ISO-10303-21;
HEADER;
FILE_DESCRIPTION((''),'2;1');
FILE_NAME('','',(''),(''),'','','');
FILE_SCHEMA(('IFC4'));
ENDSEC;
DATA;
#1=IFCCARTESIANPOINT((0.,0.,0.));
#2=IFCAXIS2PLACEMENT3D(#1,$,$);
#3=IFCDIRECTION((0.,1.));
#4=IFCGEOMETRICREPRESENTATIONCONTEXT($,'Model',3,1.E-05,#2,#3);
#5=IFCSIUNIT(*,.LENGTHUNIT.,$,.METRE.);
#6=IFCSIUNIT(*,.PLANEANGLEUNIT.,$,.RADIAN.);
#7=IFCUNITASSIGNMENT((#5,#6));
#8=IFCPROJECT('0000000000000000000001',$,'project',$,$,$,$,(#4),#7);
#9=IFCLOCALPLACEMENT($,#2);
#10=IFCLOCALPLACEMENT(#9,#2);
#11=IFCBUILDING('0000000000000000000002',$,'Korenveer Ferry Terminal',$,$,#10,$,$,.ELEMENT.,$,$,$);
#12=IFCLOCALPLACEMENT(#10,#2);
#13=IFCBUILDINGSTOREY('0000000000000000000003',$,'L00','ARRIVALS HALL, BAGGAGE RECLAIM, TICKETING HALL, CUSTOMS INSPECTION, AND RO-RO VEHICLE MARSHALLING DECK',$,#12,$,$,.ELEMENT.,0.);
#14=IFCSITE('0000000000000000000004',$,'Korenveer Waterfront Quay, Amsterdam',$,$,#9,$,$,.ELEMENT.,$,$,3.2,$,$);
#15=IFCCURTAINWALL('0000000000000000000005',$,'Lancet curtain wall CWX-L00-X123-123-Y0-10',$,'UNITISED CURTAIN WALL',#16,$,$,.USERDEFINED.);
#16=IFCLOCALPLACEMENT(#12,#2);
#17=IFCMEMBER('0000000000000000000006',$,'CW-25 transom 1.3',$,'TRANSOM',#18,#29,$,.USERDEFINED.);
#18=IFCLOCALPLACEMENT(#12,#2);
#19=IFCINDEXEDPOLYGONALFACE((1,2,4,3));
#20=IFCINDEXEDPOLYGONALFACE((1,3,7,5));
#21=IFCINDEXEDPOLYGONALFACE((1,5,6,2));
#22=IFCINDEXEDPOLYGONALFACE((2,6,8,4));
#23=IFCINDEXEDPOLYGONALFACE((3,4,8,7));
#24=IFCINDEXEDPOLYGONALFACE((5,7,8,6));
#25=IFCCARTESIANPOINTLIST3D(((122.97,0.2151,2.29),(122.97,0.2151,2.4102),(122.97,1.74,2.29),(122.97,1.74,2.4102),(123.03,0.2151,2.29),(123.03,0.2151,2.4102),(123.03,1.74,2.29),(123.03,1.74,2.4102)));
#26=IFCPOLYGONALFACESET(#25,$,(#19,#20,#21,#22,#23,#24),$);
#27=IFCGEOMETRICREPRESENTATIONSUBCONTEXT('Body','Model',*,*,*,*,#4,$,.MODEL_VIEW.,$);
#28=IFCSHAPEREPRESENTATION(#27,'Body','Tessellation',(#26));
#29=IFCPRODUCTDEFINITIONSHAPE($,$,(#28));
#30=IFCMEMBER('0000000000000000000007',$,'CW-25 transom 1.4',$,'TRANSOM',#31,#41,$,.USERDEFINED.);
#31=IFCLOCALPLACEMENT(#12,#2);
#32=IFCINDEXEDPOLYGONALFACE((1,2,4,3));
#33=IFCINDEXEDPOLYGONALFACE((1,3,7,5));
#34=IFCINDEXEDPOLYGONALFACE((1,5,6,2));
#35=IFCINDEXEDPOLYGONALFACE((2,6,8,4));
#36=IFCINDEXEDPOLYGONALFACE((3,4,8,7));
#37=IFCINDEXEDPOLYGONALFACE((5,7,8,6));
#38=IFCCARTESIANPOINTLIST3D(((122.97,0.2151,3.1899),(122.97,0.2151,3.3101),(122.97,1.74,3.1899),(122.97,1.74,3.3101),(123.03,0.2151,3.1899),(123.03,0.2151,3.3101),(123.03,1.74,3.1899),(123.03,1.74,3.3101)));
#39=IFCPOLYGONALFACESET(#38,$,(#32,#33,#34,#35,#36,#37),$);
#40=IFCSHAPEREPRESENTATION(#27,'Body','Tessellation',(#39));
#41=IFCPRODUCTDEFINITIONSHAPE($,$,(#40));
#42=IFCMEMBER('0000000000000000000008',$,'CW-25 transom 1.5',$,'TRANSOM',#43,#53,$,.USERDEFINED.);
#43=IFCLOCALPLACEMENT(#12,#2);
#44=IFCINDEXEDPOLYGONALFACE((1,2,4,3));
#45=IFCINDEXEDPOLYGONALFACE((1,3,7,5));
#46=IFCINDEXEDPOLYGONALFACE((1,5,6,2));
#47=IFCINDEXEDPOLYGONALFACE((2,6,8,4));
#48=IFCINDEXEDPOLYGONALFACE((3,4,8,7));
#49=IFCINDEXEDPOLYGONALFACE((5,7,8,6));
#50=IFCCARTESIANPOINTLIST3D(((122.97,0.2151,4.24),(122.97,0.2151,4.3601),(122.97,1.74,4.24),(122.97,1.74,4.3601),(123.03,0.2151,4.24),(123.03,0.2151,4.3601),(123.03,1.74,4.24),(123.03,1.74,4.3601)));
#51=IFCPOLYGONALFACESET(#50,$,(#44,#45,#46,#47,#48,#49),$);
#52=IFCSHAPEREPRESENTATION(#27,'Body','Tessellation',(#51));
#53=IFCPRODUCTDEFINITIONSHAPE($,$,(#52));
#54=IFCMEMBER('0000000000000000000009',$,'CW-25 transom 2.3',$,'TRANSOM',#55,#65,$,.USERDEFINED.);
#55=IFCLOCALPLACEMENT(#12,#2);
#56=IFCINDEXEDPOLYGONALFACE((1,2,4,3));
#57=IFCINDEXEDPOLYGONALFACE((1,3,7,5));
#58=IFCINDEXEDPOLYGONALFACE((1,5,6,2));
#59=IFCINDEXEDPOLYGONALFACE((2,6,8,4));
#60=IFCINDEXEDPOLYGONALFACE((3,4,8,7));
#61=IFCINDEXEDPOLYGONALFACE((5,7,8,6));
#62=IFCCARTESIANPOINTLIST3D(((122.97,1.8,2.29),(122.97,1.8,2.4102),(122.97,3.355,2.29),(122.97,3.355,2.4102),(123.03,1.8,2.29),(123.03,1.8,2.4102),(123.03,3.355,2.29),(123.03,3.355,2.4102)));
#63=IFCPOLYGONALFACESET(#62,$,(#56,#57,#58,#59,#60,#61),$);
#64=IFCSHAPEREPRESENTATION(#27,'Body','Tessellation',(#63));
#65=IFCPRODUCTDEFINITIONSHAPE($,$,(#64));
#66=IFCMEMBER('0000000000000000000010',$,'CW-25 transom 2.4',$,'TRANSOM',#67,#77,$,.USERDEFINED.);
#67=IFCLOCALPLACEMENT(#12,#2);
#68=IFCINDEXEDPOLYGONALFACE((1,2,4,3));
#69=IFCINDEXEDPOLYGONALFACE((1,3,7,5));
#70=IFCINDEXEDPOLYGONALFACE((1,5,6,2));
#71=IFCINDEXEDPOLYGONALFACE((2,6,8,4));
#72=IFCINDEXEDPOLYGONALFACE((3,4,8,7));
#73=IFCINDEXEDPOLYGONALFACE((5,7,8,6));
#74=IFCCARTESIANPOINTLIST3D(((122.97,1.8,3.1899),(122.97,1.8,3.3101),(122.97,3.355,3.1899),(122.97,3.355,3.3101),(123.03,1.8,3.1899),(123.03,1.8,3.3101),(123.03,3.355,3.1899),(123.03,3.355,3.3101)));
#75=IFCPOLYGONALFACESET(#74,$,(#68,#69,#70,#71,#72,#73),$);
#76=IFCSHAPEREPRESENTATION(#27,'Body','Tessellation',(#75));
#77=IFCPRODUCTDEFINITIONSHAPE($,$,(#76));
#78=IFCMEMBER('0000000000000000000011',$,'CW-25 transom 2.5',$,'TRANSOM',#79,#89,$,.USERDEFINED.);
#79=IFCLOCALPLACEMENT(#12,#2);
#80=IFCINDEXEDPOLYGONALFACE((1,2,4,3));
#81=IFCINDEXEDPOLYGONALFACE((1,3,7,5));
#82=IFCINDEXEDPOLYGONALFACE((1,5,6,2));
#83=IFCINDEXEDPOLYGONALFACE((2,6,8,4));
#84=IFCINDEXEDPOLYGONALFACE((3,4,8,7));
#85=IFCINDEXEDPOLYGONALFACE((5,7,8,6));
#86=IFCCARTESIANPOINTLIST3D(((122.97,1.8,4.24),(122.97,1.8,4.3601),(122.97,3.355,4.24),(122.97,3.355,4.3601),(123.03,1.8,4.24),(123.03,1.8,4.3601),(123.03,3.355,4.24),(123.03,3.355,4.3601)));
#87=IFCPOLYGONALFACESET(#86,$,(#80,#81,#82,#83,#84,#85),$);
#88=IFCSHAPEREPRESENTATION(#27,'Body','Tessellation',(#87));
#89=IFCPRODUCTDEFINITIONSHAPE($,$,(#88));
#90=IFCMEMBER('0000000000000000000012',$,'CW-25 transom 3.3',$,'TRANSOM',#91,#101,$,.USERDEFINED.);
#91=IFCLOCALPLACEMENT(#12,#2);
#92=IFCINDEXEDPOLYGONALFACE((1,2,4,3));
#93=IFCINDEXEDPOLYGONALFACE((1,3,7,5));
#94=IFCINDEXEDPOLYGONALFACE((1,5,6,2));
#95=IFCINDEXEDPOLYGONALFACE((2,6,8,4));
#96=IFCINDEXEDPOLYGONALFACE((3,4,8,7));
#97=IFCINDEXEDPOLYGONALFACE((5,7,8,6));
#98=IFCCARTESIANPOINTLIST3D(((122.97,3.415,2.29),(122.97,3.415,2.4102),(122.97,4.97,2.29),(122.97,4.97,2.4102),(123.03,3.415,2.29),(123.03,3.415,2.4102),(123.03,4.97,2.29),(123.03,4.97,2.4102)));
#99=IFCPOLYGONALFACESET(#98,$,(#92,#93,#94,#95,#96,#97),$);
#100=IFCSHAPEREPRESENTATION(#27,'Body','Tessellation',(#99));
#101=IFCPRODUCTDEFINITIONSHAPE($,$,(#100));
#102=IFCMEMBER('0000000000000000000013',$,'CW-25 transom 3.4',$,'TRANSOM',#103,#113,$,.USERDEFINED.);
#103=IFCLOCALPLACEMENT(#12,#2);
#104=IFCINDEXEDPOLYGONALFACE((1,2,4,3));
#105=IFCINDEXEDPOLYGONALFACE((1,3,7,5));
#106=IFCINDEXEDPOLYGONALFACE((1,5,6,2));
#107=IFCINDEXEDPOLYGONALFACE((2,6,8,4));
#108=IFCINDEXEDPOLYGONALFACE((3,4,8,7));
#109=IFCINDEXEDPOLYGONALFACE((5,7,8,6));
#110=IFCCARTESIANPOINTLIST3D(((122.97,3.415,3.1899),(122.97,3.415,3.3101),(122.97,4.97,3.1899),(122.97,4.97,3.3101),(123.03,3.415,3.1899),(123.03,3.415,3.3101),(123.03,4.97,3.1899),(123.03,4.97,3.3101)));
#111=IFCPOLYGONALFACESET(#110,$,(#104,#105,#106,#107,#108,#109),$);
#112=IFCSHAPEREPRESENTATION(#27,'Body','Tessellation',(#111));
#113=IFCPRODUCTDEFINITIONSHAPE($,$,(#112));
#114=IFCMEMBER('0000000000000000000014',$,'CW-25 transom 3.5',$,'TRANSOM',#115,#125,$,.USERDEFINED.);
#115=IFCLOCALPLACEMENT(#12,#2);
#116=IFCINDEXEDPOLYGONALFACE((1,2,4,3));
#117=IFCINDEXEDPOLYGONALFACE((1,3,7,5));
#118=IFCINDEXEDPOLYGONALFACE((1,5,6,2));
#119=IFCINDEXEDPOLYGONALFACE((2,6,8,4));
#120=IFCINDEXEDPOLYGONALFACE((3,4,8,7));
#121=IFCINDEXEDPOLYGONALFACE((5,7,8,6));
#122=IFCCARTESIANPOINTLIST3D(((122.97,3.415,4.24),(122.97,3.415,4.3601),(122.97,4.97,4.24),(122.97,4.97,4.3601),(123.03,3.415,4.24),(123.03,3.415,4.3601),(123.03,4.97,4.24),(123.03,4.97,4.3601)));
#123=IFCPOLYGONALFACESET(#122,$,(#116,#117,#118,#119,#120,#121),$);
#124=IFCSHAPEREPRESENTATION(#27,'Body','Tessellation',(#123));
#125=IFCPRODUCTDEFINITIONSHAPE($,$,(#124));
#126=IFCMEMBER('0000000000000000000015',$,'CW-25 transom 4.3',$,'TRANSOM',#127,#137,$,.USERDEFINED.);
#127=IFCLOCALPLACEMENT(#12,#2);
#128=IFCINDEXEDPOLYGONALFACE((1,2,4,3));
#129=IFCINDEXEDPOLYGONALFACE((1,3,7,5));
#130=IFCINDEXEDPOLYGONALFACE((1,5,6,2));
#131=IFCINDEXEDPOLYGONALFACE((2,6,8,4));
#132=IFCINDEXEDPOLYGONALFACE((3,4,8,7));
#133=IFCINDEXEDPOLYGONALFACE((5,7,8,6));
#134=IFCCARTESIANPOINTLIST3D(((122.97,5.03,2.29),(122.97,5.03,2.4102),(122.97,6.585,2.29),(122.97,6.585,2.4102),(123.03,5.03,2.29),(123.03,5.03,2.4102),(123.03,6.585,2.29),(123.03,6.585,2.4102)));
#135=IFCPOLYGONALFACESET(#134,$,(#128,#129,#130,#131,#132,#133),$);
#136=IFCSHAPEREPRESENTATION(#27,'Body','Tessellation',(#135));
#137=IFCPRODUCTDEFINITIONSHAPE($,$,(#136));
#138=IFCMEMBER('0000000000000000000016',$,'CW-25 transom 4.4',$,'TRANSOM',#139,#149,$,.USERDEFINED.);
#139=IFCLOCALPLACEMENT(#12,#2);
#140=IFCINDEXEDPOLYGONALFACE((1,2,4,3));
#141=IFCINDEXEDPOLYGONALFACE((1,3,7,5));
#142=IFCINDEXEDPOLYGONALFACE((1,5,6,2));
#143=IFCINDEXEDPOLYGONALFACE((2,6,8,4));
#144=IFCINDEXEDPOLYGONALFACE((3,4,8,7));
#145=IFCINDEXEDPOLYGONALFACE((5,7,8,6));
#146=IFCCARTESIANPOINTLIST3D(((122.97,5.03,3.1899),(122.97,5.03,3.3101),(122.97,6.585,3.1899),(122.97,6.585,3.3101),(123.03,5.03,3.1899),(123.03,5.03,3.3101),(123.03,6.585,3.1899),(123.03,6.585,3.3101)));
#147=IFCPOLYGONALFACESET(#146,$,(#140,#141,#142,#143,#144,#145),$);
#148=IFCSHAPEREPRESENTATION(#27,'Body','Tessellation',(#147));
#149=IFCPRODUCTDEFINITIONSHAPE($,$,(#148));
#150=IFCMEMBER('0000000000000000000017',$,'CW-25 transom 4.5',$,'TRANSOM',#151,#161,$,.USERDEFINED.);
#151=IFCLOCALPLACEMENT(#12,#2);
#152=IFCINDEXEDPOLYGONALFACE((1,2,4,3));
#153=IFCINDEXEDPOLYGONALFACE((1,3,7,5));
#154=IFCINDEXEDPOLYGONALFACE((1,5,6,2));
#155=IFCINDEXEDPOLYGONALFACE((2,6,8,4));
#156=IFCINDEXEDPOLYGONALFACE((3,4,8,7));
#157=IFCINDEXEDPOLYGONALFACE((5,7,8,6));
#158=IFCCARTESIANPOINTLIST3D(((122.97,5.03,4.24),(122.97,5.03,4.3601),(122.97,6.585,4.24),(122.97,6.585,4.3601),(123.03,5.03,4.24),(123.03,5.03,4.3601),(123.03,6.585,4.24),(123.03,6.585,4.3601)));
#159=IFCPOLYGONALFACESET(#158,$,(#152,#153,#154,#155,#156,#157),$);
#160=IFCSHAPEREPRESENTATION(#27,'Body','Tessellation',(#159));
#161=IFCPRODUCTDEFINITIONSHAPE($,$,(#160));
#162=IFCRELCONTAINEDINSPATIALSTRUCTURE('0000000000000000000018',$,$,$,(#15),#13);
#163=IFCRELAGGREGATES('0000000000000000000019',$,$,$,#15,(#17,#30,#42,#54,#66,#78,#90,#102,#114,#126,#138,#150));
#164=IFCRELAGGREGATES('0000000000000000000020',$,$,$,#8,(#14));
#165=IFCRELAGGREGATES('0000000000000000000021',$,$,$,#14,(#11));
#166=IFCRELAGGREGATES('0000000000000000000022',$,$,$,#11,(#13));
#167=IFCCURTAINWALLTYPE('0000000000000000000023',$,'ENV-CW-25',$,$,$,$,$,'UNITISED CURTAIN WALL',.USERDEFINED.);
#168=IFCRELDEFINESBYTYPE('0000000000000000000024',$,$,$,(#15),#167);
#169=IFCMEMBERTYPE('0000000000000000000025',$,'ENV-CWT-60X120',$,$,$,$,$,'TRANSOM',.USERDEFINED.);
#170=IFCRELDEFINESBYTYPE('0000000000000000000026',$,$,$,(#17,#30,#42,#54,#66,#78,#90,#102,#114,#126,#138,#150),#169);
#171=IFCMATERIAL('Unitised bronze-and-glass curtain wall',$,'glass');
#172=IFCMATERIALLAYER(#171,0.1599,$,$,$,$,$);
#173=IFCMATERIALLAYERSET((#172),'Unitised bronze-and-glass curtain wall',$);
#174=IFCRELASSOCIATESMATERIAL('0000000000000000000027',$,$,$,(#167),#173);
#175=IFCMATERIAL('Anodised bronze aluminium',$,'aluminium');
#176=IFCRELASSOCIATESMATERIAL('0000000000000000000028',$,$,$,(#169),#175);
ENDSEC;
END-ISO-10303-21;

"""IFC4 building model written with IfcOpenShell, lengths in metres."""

from ifc_helpers import new_model, si_unit, direction, frame, origin, origin_2d, place, context, subcontext, project, spatial, rectangle, extrude, material, layer, layer_set, material_profile, profile_set, type_object, element, aggregate, save


model = new_model("IFC4")

# Units and contexts
model_context = context("Model", 3, precision=1e-05, world=origin(), true_north=direction((0.0, 1.0)))
body_context = subcontext(model_context, "Body", "Model", "MODEL_VIEW")
ifc_project = project(units=[si_unit("LENGTHUNIT", "METRE"), si_unit("PLANEANGLEUNIT", "RADIAN")], contexts=[model_context])

# Site, building, storey
site_placement = place(None, origin())
site = spatial("IfcSite", under=ifc_project, at=site_placement, Name="Korenveer Waterfront Quay, Amsterdam", CompositionType="ELEMENT", RefElevation=3.2)
building_placement = place(site_placement, origin())
building = spatial("IfcBuilding", under=site, at=building_placement, Name="Korenveer Ferry Terminal", CompositionType="ELEMENT")
storey_placement = place(building_placement, origin())
storey = spatial("IfcBuildingStorey", under=building, at=storey_placement, Name="L00", Description="ARRIVALS HALL, BAGGAGE RECLAIM, TICKETING HALL, CUSTOMS INSPECTION, AND RO-RO VEHICLE MARSHALLING DECK", CompositionType="ELEMENT", Elevation=0.0)

# Curtain wall, members
ifc_material_1 = material(Name="Unitised bronze-and-glass curtain wall", Category="glass")
ifc_layer_1 = layer(ifc_material_1, 0.1599)
ifc_layer_set_1 = layer_set([ifc_layer_1], Name="Unitised bronze-and-glass curtain wall")
curtain_wall_type = type_object("IfcCurtainWallType", Name="ENV-CW-25", ElementType="UNITISED CURTAIN WALL", PredefinedType="USERDEFINED", material=ifc_layer_set_1)
curtain_wall_placement = place(storey_placement, frame((123.0, 0.155, 0.0)))
curtain_wall = element("IfcCurtainWall", 1, at=curtain_wall_placement, inside=storey, type_object=curtain_wall_type, Name="Lancet curtain wall CWX-L00-X123-123-Y0-10", ObjectType="UNITISED CURTAIN WALL", PredefinedType="USERDEFINED")
ifc_material_2 = material(Name="Anodised bronze aluminium", Category="aluminium")
ifc_material_profile_1 = material_profile(ifc_material_2, rectangle(XDim=0.0601, YDim=0.1201, at=origin_2d()), Name="ALU 60x120")
ifc_profile_set_1 = profile_set([ifc_material_profile_1], Name="Anodised bronze aluminium")
member_type = type_object("IfcMemberType", Name="ENV-CWT-60X120", ElementType="TRANSOM", PredefinedType="USERDEFINED", material=ifc_profile_set_1)
member_1_placement = place(storey_placement, frame((123.0, 0.2151, 2.3501), z_axis=(0.0, 1.0, 0.0), x_axis=(-1.0, 0.0, 0.0)))
member_1 = element("IfcMember", 2, at=member_1_placement, type_object=member_type, Name="CW-25 transom 1.3", ObjectType="TRANSOM", PredefinedType="USERDEFINED", context=body_context, shape_type="SweptSolid", body=[
    extrude(rectangle(XDim=0.0601, YDim=0.1201, at=origin_2d()), origin(), (0.0, 0.0, 1.0), 1.5249),
])
member_2_placement = place(storey_placement, frame((123.0, 0.2151, 3.25), z_axis=(0.0, 1.0, 0.0), x_axis=(-1.0, 0.0, 0.0)))
member_2 = element("IfcMember", 3, at=member_2_placement, type_object=member_type, Name="CW-25 transom 1.4", ObjectType="TRANSOM", PredefinedType="USERDEFINED", context=body_context, shape_type="SweptSolid", body=[
    extrude(rectangle(XDim=0.0601, YDim=0.1201, at=origin_2d()), origin(), (0.0, 0.0, 1.0), 1.5249),
])
member_3_placement = place(storey_placement, frame((123.0, 0.2151, 4.3), z_axis=(0.0, 1.0, 0.0), x_axis=(-1.0, 0.0, 0.0)))
member_3 = element("IfcMember", 4, at=member_3_placement, type_object=member_type, Name="CW-25 transom 1.5", ObjectType="TRANSOM", PredefinedType="USERDEFINED", context=body_context, shape_type="SweptSolid", body=[
    extrude(rectangle(XDim=0.0601, YDim=0.1201, at=origin_2d()), origin(), (0.0, 0.0, 1.0), 1.5249),
])
member_4_placement = place(storey_placement, frame((123.0, 1.8, 2.3501), z_axis=(0.0, 1.0, 0.0), x_axis=(-1.0, 0.0, 0.0)))
member_4 = element("IfcMember", 5, at=member_4_placement, type_object=member_type, Name="CW-25 transom 2.3", ObjectType="TRANSOM", PredefinedType="USERDEFINED", context=body_context, shape_type="SweptSolid", body=[
    extrude(rectangle(XDim=0.0601, YDim=0.1201, at=origin_2d()), origin(), (0.0, 0.0, 1.0), 1.5549),
])
member_5_placement = place(storey_placement, frame((123.0, 1.8, 3.25), z_axis=(0.0, 1.0, 0.0), x_axis=(-1.0, 0.0, 0.0)))
member_5 = element("IfcMember", 6, at=member_5_placement, type_object=member_type, Name="CW-25 transom 2.4", ObjectType="TRANSOM", PredefinedType="USERDEFINED", context=body_context, shape_type="SweptSolid", body=[
    extrude(rectangle(XDim=0.0601, YDim=0.1201, at=origin_2d()), origin(), (0.0, 0.0, 1.0), 1.5549),
])
member_6_placement = place(storey_placement, frame((123.0, 1.8, 4.3), z_axis=(0.0, 1.0, 0.0), x_axis=(-1.0, 0.0, 0.0)))
member_6 = element("IfcMember", 7, at=member_6_placement, type_object=member_type, Name="CW-25 transom 2.5", ObjectType="TRANSOM", PredefinedType="USERDEFINED", context=body_context, shape_type="SweptSolid", body=[
    extrude(rectangle(XDim=0.0601, YDim=0.1201, at=origin_2d()), origin(), (0.0, 0.0, 1.0), 1.5549),
])
member_7_placement = place(storey_placement, frame((123.0, 3.415, 2.3501), z_axis=(0.0, 1.0, 0.0), x_axis=(-1.0, 0.0, 0.0)))
member_7 = element("IfcMember", 8, at=member_7_placement, type_object=member_type, Name="CW-25 transom 3.3", ObjectType="TRANSOM", PredefinedType="USERDEFINED", context=body_context, shape_type="SweptSolid", body=[
    extrude(rectangle(XDim=0.0601, YDim=0.1201, at=origin_2d()), origin(), (0.0, 0.0, 1.0), 1.5549),
])
member_8_placement = place(storey_placement, frame((123.0, 3.415, 3.25), z_axis=(0.0, 1.0, 0.0), x_axis=(-1.0, 0.0, 0.0)))
member_8 = element("IfcMember", 9, at=member_8_placement, type_object=member_type, Name="CW-25 transom 3.4", ObjectType="TRANSOM", PredefinedType="USERDEFINED", context=body_context, shape_type="SweptSolid", body=[
    extrude(rectangle(XDim=0.0601, YDim=0.1201, at=origin_2d()), origin(), (0.0, 0.0, 1.0), 1.5549),
])
member_9_placement = place(storey_placement, frame((123.0, 3.415, 4.3), z_axis=(0.0, 1.0, 0.0), x_axis=(-1.0, 0.0, 0.0)))
member_9 = element("IfcMember", 10, at=member_9_placement, type_object=member_type, Name="CW-25 transom 3.5", ObjectType="TRANSOM", PredefinedType="USERDEFINED", context=body_context, shape_type="SweptSolid", body=[
    extrude(rectangle(XDim=0.0601, YDim=0.1201, at=origin_2d()), origin(), (0.0, 0.0, 1.0), 1.5549),
])
member_10_placement = place(storey_placement, frame((123.0, 5.03, 2.3501), z_axis=(0.0, 1.0, 0.0), x_axis=(-1.0, 0.0, 0.0)))
member_10 = element("IfcMember", 11, at=member_10_placement, type_object=member_type, Name="CW-25 transom 4.3", ObjectType="TRANSOM", PredefinedType="USERDEFINED", context=body_context, shape_type="SweptSolid", body=[
    extrude(rectangle(XDim=0.0601, YDim=0.1201, at=origin_2d()), origin(), (0.0, 0.0, 1.0), 1.5549),
])
member_11_placement = place(storey_placement, frame((123.0, 5.03, 3.25), z_axis=(0.0, 1.0, 0.0), x_axis=(-1.0, 0.0, 0.0)))
member_11 = element("IfcMember", 12, at=member_11_placement, type_object=member_type, Name="CW-25 transom 4.4", ObjectType="TRANSOM", PredefinedType="USERDEFINED", context=body_context, shape_type="SweptSolid", body=[
    extrude(rectangle(XDim=0.0601, YDim=0.1201, at=origin_2d()), origin(), (0.0, 0.0, 1.0), 1.5549),
])
member_12_placement = place(storey_placement, frame((123.0, 5.03, 4.3), z_axis=(0.0, 1.0, 0.0), x_axis=(-1.0, 0.0, 0.0)))
member_12 = element("IfcMember", 13, at=member_12_placement, type_object=member_type, Name="CW-25 transom 4.5", ObjectType="TRANSOM", PredefinedType="USERDEFINED", context=body_context, shape_type="SweptSolid", body=[
    extrude(rectangle(XDim=0.0601, YDim=0.1201, at=origin_2d()), origin(), (0.0, 0.0, 1.0), 1.5549),
])

aggregate(curtain_wall, [member_1, member_2, member_3, member_4, member_5, member_6, member_7, member_8, member_9, member_10, member_11, member_12])

save(model, "model.ifc")
